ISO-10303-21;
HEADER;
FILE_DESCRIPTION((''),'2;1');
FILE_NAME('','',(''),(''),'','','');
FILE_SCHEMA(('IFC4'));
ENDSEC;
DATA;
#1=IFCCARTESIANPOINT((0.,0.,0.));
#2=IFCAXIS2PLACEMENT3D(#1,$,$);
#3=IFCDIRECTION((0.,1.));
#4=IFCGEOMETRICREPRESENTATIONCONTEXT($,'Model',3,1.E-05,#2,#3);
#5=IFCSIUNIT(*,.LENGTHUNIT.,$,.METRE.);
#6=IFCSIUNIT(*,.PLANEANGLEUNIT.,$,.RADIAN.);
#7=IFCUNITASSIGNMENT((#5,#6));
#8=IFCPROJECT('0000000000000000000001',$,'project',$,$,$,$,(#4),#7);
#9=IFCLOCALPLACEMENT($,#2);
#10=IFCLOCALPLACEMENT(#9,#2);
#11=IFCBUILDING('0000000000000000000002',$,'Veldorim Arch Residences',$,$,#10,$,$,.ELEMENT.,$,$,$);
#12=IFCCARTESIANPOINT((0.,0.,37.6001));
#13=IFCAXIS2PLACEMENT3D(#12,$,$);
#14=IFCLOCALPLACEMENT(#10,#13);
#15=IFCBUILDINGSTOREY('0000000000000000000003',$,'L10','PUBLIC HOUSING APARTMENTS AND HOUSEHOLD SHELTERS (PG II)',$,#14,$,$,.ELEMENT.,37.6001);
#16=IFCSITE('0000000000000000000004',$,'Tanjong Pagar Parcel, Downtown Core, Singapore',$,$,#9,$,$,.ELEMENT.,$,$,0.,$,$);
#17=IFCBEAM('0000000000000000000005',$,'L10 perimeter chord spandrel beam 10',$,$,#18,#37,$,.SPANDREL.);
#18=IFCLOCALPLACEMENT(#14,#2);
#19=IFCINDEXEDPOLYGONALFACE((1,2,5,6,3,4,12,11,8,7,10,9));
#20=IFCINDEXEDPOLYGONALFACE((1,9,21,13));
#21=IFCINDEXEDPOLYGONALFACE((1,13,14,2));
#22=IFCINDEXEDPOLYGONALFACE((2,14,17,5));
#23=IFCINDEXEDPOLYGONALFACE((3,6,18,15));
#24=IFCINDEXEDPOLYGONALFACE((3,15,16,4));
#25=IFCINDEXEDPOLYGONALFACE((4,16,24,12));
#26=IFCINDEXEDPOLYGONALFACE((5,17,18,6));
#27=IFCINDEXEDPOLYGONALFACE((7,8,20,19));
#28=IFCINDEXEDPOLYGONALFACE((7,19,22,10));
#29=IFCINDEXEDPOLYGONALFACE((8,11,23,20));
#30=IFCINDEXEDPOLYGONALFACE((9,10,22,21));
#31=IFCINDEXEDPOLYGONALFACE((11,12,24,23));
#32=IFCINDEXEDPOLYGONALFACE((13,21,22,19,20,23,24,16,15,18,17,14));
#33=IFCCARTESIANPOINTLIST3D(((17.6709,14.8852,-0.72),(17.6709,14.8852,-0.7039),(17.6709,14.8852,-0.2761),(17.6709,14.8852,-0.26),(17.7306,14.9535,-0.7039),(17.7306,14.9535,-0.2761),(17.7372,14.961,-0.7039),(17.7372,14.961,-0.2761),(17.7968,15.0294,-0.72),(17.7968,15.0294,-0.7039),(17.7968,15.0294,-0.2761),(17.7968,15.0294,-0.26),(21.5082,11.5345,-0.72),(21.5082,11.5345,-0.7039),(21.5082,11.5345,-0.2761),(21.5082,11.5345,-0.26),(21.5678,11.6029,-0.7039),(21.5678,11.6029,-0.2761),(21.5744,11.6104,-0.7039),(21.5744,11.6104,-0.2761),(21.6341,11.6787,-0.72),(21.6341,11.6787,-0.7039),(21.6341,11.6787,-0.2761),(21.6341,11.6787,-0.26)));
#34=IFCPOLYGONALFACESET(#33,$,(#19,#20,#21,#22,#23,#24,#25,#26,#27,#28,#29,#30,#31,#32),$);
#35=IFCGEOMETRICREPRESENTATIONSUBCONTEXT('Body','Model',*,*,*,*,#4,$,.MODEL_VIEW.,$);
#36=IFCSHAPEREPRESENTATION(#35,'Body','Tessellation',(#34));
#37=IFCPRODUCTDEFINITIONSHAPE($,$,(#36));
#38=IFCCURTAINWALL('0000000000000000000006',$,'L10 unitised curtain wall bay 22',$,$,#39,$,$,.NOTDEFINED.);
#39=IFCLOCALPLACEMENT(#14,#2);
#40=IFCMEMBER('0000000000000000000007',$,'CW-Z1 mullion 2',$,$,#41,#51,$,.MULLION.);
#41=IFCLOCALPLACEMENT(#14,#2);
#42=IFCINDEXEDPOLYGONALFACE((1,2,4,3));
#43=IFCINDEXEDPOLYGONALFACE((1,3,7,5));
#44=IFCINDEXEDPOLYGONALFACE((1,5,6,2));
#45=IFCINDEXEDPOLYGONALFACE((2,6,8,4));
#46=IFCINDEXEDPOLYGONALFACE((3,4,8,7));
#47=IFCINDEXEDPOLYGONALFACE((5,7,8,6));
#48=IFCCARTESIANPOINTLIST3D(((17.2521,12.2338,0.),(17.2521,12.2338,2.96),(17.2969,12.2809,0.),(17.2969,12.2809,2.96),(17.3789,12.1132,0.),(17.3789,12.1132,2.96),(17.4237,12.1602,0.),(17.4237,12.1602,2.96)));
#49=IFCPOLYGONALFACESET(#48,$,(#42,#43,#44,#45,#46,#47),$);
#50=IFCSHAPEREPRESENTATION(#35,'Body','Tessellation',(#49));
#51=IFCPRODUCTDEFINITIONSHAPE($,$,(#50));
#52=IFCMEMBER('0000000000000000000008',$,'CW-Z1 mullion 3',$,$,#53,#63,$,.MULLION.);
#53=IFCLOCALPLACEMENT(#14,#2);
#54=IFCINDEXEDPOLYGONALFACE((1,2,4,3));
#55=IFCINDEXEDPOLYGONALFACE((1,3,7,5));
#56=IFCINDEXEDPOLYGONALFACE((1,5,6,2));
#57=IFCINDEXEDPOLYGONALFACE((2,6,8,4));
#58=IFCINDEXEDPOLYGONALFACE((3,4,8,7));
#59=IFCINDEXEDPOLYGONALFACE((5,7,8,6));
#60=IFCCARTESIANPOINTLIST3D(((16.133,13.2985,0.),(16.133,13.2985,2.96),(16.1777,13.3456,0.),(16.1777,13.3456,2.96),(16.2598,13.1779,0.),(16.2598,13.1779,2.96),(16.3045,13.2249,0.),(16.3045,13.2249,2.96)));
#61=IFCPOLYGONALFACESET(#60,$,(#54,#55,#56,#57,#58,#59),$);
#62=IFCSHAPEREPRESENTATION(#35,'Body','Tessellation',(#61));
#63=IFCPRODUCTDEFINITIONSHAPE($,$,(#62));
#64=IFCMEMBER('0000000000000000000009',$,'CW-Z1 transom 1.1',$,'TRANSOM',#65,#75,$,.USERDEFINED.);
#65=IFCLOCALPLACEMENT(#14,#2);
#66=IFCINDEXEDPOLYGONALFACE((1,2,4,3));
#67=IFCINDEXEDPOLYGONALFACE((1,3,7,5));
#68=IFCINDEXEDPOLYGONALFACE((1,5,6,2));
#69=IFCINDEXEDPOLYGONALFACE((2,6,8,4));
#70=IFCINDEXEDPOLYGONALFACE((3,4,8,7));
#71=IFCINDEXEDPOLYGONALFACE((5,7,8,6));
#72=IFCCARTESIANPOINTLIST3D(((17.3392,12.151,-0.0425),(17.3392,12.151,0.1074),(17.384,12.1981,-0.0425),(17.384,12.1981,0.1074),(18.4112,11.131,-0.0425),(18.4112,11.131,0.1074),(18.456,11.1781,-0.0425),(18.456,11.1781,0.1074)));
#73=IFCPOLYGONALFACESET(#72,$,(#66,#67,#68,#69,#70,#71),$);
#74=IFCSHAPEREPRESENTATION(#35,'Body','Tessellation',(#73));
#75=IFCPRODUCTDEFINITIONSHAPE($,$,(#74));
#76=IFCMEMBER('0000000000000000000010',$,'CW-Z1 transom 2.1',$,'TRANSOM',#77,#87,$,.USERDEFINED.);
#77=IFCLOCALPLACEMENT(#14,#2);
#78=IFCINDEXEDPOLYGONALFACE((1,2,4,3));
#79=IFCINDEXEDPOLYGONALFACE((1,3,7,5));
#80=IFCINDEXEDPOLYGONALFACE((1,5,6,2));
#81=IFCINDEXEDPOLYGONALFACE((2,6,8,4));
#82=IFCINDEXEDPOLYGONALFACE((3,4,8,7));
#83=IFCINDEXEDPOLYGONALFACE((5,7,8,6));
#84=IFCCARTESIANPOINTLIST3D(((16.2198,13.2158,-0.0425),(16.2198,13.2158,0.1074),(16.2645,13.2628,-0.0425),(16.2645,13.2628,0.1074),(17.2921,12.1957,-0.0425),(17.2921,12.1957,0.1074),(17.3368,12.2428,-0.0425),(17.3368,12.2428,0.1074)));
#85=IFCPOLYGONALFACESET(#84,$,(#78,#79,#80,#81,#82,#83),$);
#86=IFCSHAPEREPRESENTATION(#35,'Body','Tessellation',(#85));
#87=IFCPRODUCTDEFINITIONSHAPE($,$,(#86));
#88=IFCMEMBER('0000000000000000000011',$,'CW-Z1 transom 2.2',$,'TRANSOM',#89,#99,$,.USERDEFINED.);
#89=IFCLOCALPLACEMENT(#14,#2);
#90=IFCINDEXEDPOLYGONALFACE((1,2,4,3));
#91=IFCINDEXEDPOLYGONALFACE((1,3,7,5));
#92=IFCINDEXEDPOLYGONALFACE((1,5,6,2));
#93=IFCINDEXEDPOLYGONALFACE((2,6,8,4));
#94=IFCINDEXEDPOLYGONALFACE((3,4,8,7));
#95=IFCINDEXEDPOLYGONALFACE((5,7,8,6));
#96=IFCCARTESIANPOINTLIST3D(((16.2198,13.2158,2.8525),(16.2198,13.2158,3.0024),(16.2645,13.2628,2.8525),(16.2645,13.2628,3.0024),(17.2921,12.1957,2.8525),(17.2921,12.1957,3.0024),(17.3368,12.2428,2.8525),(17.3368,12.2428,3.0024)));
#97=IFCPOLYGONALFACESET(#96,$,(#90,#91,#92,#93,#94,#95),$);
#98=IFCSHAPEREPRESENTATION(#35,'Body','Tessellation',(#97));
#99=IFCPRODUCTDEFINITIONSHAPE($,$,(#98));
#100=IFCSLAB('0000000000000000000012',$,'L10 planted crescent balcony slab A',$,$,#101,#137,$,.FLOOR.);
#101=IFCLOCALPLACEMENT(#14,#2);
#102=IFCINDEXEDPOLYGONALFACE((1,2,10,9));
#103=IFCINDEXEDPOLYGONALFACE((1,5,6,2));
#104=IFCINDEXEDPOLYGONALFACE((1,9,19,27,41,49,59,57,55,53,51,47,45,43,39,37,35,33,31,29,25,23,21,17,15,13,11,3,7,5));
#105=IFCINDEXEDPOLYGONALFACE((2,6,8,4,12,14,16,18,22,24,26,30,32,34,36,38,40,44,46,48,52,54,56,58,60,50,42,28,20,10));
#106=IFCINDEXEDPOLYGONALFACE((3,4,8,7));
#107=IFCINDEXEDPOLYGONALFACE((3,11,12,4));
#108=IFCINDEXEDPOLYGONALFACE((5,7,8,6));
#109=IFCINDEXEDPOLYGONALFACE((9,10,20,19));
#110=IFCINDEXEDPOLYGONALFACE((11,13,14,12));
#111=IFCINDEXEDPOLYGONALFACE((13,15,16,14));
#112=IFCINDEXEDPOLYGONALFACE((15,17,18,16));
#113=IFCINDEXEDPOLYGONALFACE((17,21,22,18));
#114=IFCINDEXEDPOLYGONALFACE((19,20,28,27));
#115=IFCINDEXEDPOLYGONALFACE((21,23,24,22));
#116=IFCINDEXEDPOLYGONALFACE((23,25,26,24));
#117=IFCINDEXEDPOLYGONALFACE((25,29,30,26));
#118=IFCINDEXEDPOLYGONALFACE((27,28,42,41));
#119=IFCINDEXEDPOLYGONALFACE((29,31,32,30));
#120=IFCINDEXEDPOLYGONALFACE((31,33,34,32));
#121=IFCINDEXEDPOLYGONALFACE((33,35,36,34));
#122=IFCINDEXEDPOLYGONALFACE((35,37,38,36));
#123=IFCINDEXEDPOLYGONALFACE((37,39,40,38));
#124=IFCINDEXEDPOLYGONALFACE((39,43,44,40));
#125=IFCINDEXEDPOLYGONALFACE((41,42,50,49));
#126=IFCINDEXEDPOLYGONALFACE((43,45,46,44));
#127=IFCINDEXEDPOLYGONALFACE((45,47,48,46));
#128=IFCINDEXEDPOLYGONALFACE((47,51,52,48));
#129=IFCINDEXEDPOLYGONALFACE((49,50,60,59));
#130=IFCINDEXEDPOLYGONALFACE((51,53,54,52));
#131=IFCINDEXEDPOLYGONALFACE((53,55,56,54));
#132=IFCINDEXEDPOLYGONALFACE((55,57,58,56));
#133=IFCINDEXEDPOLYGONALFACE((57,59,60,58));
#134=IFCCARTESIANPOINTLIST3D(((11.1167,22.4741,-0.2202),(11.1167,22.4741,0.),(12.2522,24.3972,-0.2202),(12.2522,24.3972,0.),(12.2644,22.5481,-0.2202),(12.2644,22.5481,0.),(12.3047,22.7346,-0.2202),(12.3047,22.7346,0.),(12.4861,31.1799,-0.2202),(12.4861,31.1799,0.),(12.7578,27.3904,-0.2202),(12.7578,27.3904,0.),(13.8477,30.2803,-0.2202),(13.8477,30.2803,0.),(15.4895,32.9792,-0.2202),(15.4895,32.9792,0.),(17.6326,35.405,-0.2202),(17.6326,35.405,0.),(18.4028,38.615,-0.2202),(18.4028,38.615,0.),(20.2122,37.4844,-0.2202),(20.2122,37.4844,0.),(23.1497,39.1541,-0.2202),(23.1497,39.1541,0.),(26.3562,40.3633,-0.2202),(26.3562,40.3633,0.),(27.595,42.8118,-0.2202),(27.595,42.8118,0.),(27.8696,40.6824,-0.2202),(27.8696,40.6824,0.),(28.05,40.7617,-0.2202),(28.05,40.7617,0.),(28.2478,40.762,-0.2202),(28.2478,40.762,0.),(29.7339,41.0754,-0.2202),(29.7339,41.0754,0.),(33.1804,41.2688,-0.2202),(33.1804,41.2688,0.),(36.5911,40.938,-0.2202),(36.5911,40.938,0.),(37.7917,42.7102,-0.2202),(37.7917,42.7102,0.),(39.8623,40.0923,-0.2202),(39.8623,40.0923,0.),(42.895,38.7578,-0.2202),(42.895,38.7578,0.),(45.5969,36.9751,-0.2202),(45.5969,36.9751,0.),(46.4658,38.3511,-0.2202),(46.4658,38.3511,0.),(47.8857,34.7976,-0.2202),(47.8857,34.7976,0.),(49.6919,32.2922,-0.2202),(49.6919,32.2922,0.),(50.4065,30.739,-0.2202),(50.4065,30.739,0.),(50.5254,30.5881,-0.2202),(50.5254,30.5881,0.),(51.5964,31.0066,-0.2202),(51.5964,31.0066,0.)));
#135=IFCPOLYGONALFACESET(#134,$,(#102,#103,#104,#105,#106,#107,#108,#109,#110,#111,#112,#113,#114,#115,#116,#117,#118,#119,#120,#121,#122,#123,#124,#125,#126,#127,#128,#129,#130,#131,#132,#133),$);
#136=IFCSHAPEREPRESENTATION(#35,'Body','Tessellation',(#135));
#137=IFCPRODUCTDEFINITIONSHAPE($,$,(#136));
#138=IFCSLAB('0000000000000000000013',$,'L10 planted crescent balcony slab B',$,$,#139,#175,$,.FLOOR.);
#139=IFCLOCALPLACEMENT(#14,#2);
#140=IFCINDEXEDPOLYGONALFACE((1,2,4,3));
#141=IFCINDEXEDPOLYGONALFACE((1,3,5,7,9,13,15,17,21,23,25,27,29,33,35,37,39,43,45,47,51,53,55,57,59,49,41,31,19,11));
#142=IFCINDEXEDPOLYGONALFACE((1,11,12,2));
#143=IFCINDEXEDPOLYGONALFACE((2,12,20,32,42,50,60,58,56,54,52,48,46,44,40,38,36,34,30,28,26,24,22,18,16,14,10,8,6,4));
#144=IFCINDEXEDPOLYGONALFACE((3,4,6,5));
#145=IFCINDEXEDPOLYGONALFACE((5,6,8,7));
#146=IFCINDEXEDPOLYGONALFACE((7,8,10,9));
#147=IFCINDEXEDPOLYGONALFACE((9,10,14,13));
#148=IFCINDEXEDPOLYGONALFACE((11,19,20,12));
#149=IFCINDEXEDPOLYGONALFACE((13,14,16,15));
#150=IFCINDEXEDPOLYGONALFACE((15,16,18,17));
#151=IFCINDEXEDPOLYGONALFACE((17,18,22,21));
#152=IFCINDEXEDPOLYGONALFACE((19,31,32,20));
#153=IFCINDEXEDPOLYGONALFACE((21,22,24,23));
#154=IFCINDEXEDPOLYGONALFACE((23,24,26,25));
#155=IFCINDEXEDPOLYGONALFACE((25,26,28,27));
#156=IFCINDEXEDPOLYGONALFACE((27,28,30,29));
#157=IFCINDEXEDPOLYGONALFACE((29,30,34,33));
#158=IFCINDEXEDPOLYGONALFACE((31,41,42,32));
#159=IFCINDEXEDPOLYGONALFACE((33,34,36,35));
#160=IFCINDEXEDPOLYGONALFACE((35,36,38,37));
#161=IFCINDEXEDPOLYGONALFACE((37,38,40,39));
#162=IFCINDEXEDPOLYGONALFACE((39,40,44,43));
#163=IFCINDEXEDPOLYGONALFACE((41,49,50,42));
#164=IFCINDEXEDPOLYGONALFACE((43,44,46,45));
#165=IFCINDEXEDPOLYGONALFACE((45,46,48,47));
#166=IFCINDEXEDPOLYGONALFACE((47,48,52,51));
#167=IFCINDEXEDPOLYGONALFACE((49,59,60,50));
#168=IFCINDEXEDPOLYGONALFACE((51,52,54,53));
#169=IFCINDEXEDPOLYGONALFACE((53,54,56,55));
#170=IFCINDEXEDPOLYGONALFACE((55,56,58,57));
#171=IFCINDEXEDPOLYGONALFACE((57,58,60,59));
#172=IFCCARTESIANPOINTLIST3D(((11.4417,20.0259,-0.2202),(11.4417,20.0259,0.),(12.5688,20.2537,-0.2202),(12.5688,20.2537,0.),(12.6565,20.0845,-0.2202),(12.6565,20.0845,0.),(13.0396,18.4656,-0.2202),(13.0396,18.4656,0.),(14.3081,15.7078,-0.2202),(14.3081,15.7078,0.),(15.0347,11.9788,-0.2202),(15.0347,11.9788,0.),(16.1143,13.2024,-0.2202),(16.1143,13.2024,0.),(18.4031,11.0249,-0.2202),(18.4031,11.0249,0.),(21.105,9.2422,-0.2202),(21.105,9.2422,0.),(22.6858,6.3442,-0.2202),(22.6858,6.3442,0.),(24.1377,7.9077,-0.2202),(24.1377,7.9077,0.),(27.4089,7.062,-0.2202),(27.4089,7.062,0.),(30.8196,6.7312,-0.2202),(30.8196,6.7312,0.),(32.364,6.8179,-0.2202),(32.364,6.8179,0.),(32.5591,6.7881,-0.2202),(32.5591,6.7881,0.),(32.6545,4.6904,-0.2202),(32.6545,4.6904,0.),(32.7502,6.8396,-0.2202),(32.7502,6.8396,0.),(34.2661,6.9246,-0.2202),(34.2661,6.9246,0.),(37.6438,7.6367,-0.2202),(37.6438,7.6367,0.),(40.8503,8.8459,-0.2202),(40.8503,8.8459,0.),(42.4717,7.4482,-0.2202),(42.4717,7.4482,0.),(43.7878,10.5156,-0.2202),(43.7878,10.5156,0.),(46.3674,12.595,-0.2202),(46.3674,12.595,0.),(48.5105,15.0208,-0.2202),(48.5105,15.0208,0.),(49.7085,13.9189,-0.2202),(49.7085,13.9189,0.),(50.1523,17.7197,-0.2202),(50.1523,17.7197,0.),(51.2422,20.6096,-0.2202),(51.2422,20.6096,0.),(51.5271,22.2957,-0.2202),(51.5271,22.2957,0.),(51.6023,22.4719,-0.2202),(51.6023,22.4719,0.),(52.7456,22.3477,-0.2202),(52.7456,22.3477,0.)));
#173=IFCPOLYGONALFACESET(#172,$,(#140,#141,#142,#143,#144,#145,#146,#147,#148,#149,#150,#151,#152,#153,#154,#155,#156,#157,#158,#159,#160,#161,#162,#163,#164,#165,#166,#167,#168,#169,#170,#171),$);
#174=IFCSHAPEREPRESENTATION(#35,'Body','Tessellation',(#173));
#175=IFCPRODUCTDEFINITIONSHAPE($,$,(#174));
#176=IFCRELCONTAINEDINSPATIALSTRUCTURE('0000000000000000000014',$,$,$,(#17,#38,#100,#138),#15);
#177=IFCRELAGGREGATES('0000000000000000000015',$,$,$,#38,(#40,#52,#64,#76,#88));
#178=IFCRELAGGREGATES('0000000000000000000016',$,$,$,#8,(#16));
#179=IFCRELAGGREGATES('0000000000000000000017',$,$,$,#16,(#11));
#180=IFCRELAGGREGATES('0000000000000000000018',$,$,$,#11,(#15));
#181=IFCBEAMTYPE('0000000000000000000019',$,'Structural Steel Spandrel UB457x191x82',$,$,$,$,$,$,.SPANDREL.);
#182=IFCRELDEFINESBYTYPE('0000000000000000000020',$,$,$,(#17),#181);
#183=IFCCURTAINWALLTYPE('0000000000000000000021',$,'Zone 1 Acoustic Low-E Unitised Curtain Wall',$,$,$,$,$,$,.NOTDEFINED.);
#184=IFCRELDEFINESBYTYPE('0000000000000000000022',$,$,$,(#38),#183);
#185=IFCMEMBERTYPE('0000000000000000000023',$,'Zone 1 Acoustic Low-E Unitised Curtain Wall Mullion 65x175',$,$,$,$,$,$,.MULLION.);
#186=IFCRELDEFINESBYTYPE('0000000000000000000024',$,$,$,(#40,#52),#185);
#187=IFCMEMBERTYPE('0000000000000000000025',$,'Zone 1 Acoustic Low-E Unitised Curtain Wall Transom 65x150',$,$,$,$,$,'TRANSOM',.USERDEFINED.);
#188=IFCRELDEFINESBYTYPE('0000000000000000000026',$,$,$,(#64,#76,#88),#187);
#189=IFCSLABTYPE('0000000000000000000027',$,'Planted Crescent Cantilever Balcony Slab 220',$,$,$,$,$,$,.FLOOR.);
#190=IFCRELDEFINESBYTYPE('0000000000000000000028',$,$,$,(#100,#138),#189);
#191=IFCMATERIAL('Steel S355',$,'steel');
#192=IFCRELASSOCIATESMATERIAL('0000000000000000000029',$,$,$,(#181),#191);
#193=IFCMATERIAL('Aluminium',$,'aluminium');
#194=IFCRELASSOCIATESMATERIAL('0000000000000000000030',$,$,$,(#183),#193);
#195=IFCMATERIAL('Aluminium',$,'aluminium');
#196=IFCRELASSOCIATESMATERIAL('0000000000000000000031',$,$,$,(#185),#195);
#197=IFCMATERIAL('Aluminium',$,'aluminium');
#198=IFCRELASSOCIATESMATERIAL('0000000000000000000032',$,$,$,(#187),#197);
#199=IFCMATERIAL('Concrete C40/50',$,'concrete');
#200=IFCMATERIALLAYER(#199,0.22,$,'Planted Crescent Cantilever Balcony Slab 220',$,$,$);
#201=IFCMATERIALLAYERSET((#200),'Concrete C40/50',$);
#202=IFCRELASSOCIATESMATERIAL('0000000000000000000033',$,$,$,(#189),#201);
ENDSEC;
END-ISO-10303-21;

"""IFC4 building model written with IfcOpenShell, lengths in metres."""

from ifc_helpers import new_model, si_unit, direction, frame, origin, origin_2d, place, context, subcontext, project, spatial, polyline, rectangle, i_section, outline, extrude, material, layer, layer_set, material_profile, profile_set, type_object, element, aggregate, save


model = new_model("IFC4")

# Units and contexts
model_context = context("Model", 3, precision=1e-05, world=origin(), true_north=direction((0.0, 1.0)))
body_context = subcontext(model_context, "Body", "Model", "MODEL_VIEW")
ifc_project = project(units=[si_unit("LENGTHUNIT", "METRE"), si_unit("PLANEANGLEUNIT", "RADIAN")], contexts=[model_context])

# Site, building, storey
site_placement = place(None, origin())
site = spatial("IfcSite", under=ifc_project, at=site_placement, Name="Tanjong Pagar Parcel, Downtown Core, Singapore", CompositionType="ELEMENT", RefElevation=0.0)
building_placement = place(site_placement, origin())
building = spatial("IfcBuilding", under=site, at=building_placement, Name="Veldorim Arch Residences", CompositionType="ELEMENT")
storey_placement = place(building_placement, frame((0.0, 0.0, 37.6001)))
storey = spatial("IfcBuildingStorey", under=building, at=storey_placement, Name="L10", Description="PUBLIC HOUSING APARTMENTS AND HOUSEHOLD SHELTERS (PG II)", CompositionType="ELEMENT", Elevation=37.6001)

# Beam
ifc_material_1 = material(Name="Steel S355", Category="steel")
ifc_material_profile_1 = material_profile(ifc_material_1, i_section(OverallWidth=0.1914, OverallDepth=0.46, WebThickness=0.01, FlangeThickness=0.0161, at=origin_2d()), Name="UB457x191x82")
ifc_profile_set_1 = profile_set([ifc_material_profile_1], Name="Steel S355")
beam_type = type_object("IfcBeamType", Name="Structural Steel Spandrel UB457x191x82", PredefinedType="SPANDREL", material=ifc_profile_set_1)
beam_placement = place(storey_placement, frame((17.7339, 14.9573, -0.49), z_axis=(0.75325, -0.657734, 0.0), x_axis=(0.657734, 0.75325, 0.0)))
element("IfcBeam", 1, at=beam_placement, inside=storey, type_object=beam_type, Name="L10 perimeter chord spandrel beam 10", PredefinedType="SPANDREL", context=body_context, shape_type="SweptSolid", body=[
    extrude(i_section(OverallWidth=0.1914, OverallDepth=0.46, WebThickness=0.01, FlangeThickness=0.0161, at=origin_2d()), origin(), (0.0, 0.0, 1.0), 5.0942),
])

# Curtain wall, members
ifc_material_2 = material(Name="Aluminium", Category="aluminium")
curtain_wall_type = type_object("IfcCurtainWallType", Name="Zone 1 Acoustic Low-E Unitised Curtain Wall", PredefinedType="NOTDEFINED", material=ifc_material_2)
curtain_wall_placement = place(storey_placement, origin())
curtain_wall = element("IfcCurtainWall", 2, at=curtain_wall_placement, inside=storey, type_object=curtain_wall_type, Name="L10 unitised curtain wall bay 22", PredefinedType="NOTDEFINED")
ifc_material_3 = material(Name="Aluminium", Category="aluminium")
ifc_material_profile_2 = material_profile(ifc_material_3, rectangle(XDim=0.0649, YDim=0.175, at=origin_2d()), Name="ALU_MUL_65x175")
ifc_profile_set_2 = profile_set([ifc_material_profile_2], Name="Aluminium")
member_type_1 = type_object("IfcMemberType", Name="Zone 1 Acoustic Low-E Unitised Curtain Wall Mullion 65x175", PredefinedType="MULLION", material=ifc_profile_set_2)
member_1_placement = place(storey_placement, frame((17.3379, 12.197, 0.0), z_axis=(0.0, 0.0, 1.0), x_axis=(-0.689245, -0.724528, 0.0)))
member_1 = element("IfcMember", 3, at=member_1_placement, type_object=member_type_1, Name="CW-Z1 mullion 2", PredefinedType="MULLION", context=body_context, shape_type="SweptSolid", body=[
    extrude(rectangle(XDim=0.0649, YDim=0.175, at=origin_2d()), origin(), (0.0, 0.0, 1.0), 2.96),
])
member_2_placement = place(storey_placement, frame((16.2188, 13.2617, 0.0), z_axis=(0.0, 0.0, 1.0), x_axis=(-0.689245, -0.724528, 0.0)))
member_2 = element("IfcMember", 4, at=member_2_placement, type_object=member_type_1, Name="CW-Z1 mullion 3", PredefinedType="MULLION", context=body_context, shape_type="SweptSolid", body=[
    extrude(rectangle(XDim=0.0649, YDim=0.175, at=origin_2d()), origin(), (0.0, 0.0, 1.0), 2.96),
])
ifc_material_4 = material(Name="Aluminium", Category="aluminium")
ifc_material_profile_3 = material_profile(ifc_material_4, rectangle(XDim=0.0649, YDim=0.1499, at=origin_2d()), Name="ALU_TRN_65x150")
ifc_profile_set_3 = profile_set([ifc_material_profile_3], Name="Aluminium")
member_type_2 = type_object("IfcMemberType", Name="Zone 1 Acoustic Low-E Unitised Curtain Wall Transom 65x150", ElementType="TRANSOM", PredefinedType="USERDEFINED", material=ifc_profile_set_3)
member_3_placement = place(storey_placement, frame((18.4336, 11.1545, 0.0325), z_axis=(-0.72446, 0.689317, 0.0), x_axis=(-0.689317, -0.72446, 0.0)))
member_3 = element("IfcMember", 5, at=member_3_placement, type_object=member_type_2, Name="CW-Z1 transom 1.1", ObjectType="TRANSOM", PredefinedType="USERDEFINED", context=body_context, shape_type="SweptSolid", body=[
    extrude(rectangle(XDim=0.0649, YDim=0.1499, at=origin_2d()), origin(), (0.0, 0.0, 1.0), 1.4797),
])
member_4_placement = place(storey_placement, frame((17.3145, 12.2192, 0.0325), z_axis=(-0.724538, 0.689235, 0.0), x_axis=(-0.689235, -0.724538, 0.0)))
member_4 = element("IfcMember", 6, at=member_4_placement, type_object=member_type_2, Name="CW-Z1 transom 2.1", ObjectType="TRANSOM", PredefinedType="USERDEFINED", context=body_context, shape_type="SweptSolid", body=[
    extrude(rectangle(XDim=0.0649, YDim=0.1499, at=origin_2d()), origin(), (0.0, 0.0, 1.0), 1.48),
])
member_5_placement = place(storey_placement, frame((17.3145, 12.2192, 2.9275), z_axis=(-0.724538, 0.689235, 0.0), x_axis=(-0.689235, -0.724538, 0.0)))
member_5 = element("IfcMember", 7, at=member_5_placement, type_object=member_type_2, Name="CW-Z1 transom 2.2", ObjectType="TRANSOM", PredefinedType="USERDEFINED", context=body_context, shape_type="SweptSolid", body=[
    extrude(rectangle(XDim=0.0649, YDim=0.1499, at=origin_2d()), origin(), (0.0, 0.0, 1.0), 1.48),
])

# Slabs
ifc_material_5 = material(Name="Concrete C40/50", Category="concrete")
ifc_layer_1 = layer(ifc_material_5, 0.22, Name="Planted Crescent Cantilever Balcony Slab 220")
ifc_layer_set_1 = layer_set([ifc_layer_1], Name="Concrete C40/50")
slab_type_1 = type_object("IfcSlabType", Name="Planted Crescent Cantilever Balcony Slab 220", PredefinedType="FLOOR", material=ifc_layer_set_1)
slab_1_placement = place(storey_placement, frame((0.0, 0.0, -0.2202)))
element("IfcSlab", 8, at=slab_1_placement, inside=storey, type_object=slab_type_1, Name="L10 planted crescent balcony slab A", PredefinedType="FLOOR", context=body_context, shape_type="SweptSolid", body=[
    extrude(outline(polyline([(50.4065, 30.739), (49.6919, 32.2922), (47.8857, 34.7976), (45.5969, 36.9751), (42.895, 38.7578), (39.8623, 40.0923), (36.5911, 40.938), (33.1804, 41.2688), (29.7339, 41.0754), (28.2478, 40.762), (28.05, 40.7617), (27.8696, 40.6824), (26.3562, 40.3633), (23.1497, 39.1541), (20.2122, 37.4844), (17.6326, 35.405), (15.4895, 32.9792), (13.8477, 30.2803), (12.7578, 27.3904), (12.2522, 24.3972), (12.3047, 22.7346), (12.2644, 22.5481), (11.1167, 22.4741), (12.4861, 31.1799), (18.4028, 38.615), (27.595, 42.8118), (37.7917, 42.7102), (46.4658, 38.3511), (51.5964, 31.0066), (50.5254, 30.5881), (50.4065, 30.739)])), origin(), (0.0, 0.0, 1.0), 0.2202),
])
slab_2_placement = place(storey_placement, frame((0.0, 0.0, -0.2202)))
element("IfcSlab", 9, at=slab_2_placement, inside=storey, type_object=slab_type_1, Name="L10 planted crescent balcony slab B", PredefinedType="FLOOR", context=body_context, shape_type="SweptSolid", body=[
    extrude(outline(polyline([(12.6565, 20.0845), (13.0396, 18.4656), (14.3081, 15.7078), (16.1143, 13.2024), (18.4031, 11.0249), (21.105, 9.2422), (24.1377, 7.9077), (27.4089, 7.062), (30.8196, 6.7312), (32.364, 6.8179), (32.5591, 6.7881), (32.7502, 6.8396), (34.2661, 6.9246), (37.6438, 7.6367), (40.8503, 8.8459), (43.7878, 10.5156), (46.3674, 12.595), (48.5105, 15.0208), (50.1523, 17.7197), (51.2422, 20.6096), (51.5271, 22.2957), (51.6023, 22.4719), (52.7456, 22.3477), (49.7085, 13.9189), (42.4717, 7.4482), (32.6545, 4.6904), (22.6858, 6.3442), (15.0347, 11.9788), (11.4417, 20.0259), (12.5688, 20.2537), (12.6565, 20.0845)])), origin(), (0.0, 0.0, 1.0), 0.2202),
])

aggregate(curtain_wall, [member_1, member_2, member_3, member_4, member_5])

save(model, "model.ifc")
